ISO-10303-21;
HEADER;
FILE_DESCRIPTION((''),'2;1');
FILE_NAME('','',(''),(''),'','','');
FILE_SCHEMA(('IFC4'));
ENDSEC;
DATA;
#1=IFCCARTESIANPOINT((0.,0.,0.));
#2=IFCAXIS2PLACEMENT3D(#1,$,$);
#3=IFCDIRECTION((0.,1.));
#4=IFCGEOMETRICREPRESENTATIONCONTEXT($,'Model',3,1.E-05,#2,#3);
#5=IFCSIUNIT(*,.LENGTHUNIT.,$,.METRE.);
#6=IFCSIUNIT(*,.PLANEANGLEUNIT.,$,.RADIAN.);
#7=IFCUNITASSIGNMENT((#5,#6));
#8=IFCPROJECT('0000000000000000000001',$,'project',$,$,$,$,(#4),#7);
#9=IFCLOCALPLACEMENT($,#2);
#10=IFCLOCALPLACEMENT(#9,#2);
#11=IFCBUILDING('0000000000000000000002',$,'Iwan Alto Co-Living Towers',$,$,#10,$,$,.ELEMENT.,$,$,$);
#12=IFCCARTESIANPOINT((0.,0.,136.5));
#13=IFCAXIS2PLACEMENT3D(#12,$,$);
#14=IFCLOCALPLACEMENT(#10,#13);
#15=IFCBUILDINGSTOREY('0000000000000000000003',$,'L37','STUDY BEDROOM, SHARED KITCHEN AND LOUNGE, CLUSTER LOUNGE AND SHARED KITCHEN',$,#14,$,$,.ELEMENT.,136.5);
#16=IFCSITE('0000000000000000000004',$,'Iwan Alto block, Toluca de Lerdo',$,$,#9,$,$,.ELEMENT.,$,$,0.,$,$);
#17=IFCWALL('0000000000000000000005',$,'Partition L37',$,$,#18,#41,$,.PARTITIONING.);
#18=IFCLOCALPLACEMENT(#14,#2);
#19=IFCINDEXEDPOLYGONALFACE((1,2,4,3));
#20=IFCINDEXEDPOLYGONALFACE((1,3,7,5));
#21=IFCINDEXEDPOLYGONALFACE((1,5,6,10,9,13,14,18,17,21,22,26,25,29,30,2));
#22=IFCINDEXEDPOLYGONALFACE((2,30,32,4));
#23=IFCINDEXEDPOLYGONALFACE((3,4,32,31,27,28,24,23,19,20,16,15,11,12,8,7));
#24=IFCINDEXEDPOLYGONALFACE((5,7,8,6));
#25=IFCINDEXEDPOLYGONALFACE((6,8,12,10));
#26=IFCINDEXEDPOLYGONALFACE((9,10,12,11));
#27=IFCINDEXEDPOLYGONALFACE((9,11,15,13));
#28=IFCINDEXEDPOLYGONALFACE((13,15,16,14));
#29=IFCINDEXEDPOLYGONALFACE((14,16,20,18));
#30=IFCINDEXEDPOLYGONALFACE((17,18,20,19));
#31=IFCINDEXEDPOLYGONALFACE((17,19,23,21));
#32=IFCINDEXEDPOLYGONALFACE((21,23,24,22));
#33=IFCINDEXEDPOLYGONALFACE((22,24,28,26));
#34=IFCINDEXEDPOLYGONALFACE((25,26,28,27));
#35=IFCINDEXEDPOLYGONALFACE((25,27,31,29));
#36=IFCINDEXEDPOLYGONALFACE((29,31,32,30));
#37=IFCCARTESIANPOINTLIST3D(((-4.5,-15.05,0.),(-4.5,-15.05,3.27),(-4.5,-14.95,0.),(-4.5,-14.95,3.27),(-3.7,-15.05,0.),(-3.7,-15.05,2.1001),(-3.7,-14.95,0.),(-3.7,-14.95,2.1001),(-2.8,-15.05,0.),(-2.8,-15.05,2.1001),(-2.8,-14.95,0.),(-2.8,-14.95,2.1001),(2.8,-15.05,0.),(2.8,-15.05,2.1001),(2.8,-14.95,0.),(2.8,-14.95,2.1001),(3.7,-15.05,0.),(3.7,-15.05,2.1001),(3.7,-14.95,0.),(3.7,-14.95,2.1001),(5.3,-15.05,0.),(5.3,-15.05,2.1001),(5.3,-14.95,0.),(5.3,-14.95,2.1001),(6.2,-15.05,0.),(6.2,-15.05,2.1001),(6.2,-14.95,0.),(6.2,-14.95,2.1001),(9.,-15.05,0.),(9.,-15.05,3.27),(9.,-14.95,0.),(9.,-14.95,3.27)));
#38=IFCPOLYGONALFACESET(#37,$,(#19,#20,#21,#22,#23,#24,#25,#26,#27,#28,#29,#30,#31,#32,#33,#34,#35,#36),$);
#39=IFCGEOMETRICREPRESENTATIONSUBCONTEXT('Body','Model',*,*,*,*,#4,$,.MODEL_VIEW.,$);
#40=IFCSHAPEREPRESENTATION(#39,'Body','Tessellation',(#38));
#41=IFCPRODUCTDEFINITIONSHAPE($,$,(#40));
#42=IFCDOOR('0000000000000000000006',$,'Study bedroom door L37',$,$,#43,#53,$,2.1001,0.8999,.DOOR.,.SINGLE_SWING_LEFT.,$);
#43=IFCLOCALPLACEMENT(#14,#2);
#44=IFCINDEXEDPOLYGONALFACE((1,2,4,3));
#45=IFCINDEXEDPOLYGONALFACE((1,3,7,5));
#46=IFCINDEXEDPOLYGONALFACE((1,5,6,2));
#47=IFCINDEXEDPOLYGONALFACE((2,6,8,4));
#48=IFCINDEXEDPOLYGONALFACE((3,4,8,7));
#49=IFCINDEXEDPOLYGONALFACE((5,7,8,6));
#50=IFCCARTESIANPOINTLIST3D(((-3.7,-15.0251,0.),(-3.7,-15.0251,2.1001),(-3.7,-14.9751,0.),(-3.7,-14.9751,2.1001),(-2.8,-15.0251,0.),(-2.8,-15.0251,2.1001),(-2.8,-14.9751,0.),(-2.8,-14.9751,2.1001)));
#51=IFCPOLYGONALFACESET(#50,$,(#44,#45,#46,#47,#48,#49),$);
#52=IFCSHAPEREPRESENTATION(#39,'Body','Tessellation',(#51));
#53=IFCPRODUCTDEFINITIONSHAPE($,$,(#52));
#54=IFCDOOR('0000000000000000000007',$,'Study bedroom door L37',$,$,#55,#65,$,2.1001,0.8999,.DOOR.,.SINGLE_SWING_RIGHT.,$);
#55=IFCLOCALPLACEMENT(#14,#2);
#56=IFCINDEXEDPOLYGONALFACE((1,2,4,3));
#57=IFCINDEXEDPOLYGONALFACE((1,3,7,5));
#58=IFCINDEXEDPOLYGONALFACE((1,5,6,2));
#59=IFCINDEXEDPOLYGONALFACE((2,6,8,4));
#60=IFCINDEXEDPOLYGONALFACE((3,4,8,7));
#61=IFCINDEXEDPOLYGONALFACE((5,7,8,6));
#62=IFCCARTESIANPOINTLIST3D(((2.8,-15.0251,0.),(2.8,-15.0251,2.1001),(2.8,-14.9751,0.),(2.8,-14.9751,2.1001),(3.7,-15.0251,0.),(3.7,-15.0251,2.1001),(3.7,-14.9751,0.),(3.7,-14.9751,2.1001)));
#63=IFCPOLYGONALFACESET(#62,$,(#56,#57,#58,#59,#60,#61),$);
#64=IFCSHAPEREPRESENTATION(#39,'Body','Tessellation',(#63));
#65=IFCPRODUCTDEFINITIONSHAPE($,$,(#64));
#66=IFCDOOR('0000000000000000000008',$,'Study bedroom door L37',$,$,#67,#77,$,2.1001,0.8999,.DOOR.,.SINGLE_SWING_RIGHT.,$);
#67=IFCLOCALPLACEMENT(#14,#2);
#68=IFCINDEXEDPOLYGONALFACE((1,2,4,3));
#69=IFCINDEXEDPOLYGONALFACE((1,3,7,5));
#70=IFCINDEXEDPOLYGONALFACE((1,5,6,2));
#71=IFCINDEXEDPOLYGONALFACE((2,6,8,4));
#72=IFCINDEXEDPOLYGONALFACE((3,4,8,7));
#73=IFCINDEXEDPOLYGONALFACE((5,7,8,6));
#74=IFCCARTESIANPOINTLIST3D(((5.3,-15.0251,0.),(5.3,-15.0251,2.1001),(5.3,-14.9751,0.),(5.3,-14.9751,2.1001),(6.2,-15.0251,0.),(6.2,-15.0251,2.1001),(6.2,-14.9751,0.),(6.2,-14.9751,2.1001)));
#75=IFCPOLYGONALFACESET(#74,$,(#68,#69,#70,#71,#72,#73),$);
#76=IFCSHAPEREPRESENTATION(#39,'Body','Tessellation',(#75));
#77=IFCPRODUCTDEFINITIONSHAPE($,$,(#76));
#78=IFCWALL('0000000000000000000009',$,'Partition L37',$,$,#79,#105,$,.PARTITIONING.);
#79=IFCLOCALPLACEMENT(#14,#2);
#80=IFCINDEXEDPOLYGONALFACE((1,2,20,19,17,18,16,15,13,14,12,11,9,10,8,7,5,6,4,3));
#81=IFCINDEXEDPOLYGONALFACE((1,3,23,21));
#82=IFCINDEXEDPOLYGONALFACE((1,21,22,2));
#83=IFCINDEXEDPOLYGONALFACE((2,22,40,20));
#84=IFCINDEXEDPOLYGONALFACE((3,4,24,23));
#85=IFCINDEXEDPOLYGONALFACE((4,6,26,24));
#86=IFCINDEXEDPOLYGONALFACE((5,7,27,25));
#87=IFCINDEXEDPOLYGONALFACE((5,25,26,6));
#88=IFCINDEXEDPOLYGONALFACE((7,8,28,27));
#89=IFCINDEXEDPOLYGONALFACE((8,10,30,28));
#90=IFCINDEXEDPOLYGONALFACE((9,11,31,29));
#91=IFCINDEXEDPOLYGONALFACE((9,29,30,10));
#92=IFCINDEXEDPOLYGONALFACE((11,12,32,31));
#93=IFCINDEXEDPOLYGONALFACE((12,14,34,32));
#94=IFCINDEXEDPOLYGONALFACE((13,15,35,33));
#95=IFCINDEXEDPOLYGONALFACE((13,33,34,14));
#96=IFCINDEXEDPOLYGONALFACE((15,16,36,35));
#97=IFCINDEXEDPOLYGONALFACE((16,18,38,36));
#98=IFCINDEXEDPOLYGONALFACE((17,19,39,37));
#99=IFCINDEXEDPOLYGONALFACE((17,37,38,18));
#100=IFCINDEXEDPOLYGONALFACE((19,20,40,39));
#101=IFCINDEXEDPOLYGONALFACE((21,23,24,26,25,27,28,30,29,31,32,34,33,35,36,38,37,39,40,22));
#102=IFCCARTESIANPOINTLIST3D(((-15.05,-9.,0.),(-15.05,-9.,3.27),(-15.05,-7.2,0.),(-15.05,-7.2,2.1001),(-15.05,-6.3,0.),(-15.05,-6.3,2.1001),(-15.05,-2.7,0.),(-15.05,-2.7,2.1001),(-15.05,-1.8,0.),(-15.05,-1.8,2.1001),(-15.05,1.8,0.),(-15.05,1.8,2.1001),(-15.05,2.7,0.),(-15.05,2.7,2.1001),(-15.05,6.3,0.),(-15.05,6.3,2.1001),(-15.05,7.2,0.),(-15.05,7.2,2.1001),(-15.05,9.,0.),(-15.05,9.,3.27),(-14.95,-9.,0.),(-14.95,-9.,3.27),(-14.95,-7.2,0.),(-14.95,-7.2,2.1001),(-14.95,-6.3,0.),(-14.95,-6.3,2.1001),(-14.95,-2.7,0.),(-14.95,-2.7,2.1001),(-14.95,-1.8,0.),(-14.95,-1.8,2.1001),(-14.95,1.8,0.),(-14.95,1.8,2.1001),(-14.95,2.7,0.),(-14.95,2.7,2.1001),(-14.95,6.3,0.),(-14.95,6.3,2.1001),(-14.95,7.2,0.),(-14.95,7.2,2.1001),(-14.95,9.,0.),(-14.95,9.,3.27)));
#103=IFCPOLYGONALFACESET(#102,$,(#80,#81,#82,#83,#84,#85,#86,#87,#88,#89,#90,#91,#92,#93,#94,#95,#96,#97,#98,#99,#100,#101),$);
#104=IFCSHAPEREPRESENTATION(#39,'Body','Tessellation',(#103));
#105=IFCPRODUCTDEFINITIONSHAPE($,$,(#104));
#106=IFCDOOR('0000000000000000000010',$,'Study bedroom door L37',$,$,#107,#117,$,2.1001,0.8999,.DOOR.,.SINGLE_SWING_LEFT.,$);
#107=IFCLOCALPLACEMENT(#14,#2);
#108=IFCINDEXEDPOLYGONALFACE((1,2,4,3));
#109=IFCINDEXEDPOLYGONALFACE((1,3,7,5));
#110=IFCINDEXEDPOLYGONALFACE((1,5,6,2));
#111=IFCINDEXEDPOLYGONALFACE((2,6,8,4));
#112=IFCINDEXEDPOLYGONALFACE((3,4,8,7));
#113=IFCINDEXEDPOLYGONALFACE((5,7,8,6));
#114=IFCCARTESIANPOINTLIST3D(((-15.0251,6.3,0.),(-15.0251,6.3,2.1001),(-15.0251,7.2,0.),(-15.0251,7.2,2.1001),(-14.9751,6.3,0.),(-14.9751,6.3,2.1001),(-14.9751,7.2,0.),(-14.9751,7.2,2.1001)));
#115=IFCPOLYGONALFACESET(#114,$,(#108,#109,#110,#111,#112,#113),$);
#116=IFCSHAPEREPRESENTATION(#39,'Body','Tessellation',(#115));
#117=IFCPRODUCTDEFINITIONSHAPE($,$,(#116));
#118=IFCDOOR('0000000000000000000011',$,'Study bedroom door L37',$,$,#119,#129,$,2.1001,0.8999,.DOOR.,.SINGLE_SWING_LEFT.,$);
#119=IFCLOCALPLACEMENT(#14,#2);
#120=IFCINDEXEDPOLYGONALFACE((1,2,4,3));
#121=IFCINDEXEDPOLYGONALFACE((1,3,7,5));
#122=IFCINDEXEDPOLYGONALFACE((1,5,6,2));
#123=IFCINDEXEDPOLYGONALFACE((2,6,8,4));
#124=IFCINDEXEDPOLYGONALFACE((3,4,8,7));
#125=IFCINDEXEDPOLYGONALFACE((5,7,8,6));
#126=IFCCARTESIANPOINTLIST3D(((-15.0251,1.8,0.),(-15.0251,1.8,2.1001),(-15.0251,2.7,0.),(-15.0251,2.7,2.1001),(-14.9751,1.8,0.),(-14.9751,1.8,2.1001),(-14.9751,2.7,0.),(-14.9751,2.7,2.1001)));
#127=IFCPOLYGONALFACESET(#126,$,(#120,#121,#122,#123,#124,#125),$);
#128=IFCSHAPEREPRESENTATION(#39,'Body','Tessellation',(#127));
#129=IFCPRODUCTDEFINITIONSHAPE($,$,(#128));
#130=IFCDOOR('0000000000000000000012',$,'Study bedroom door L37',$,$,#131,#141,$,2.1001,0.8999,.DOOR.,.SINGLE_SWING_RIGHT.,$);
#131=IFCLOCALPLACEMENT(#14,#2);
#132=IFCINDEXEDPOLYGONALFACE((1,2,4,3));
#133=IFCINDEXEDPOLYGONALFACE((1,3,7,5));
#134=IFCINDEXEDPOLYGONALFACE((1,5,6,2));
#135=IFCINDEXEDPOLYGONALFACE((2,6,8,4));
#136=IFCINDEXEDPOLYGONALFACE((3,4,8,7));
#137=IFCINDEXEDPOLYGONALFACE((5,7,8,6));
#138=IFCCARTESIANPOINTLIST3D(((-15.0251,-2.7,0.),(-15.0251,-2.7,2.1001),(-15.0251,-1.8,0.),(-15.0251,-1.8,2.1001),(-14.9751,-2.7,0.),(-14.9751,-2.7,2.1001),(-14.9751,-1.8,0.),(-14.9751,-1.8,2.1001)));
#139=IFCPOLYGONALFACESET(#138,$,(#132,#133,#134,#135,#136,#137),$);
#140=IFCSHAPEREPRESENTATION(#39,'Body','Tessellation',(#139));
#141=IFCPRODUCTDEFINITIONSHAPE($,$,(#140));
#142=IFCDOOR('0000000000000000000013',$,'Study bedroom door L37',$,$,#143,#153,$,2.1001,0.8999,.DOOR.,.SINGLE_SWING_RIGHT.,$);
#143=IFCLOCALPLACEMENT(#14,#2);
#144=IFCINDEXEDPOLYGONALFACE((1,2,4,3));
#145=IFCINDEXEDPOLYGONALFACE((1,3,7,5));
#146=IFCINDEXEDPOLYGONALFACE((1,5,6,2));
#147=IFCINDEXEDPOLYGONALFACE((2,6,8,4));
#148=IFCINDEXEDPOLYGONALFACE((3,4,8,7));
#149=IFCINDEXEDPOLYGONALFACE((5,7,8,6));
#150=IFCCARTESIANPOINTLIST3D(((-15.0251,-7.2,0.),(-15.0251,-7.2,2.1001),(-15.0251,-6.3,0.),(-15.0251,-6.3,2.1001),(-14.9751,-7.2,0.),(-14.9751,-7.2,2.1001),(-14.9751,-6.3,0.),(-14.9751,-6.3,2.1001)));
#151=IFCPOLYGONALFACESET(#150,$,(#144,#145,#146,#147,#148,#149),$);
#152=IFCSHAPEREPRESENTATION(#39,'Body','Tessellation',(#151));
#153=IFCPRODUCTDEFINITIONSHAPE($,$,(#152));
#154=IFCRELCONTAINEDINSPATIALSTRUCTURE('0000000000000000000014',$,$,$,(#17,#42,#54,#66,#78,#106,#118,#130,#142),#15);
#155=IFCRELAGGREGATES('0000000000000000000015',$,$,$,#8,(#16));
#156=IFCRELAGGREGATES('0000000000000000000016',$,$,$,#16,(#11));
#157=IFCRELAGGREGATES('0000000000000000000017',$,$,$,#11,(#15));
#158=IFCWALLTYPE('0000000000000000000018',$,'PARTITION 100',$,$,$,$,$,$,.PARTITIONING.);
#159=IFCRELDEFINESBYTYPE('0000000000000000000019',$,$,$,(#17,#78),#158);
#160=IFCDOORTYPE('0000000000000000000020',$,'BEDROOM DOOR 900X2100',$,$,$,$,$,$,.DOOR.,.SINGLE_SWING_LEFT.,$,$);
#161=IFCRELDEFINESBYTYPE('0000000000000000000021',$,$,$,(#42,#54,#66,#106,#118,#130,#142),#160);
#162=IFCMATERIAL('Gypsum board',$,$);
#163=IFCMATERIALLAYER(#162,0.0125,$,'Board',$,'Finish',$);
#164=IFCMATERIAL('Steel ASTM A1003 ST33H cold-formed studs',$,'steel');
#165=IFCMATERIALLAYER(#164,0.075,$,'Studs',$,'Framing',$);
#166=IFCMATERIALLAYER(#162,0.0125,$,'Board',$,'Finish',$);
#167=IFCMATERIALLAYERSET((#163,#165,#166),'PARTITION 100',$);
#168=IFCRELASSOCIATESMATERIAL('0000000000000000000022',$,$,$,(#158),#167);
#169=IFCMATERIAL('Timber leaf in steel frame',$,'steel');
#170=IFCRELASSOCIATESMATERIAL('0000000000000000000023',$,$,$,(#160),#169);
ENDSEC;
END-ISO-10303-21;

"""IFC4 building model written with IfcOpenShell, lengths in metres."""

from ifc_helpers import new_model, si_unit, direction, frame, frame_2d, origin, place, context, subcontext, project, spatial, rectangle, extrude, material, layer, layer_set, type_object, element, fill, save


model = new_model("IFC4")

# Units and contexts
model_context = context("Model", 3, precision=1e-05, world=origin(), true_north=direction((0.0, 1.0)))
body_context = subcontext(model_context, "Body", "Model", "MODEL_VIEW")
ifc_project = project(units=[si_unit("LENGTHUNIT", "METRE"), si_unit("PLANEANGLEUNIT", "RADIAN")], contexts=[model_context])

# Site, building, storey
site_placement = place(None, origin())
site = spatial("IfcSite", under=ifc_project, at=site_placement, Name="Iwan Alto block, Toluca de Lerdo", CompositionType="ELEMENT", RefElevation=0.0)
building_placement = place(site_placement, origin())
building = spatial("IfcBuilding", under=site, at=building_placement, Name="Iwan Alto Co-Living Towers", CompositionType="ELEMENT")
storey_placement = place(building_placement, frame((0.0, 0.0, 136.5)))
storey = spatial("IfcBuildingStorey", under=building, at=storey_placement, Name="L37", Description="STUDY BEDROOM, SHARED KITCHEN AND LOUNGE, CLUSTER LOUNGE AND SHARED KITCHEN", CompositionType="ELEMENT", Elevation=136.5)

# Shared definitions
ifc_material_1 = material(Name="Gypsum board")
ifc_material_2 = material(Name="Steel ASTM A1003 ST33H cold-formed studs", Category="steel")

# Shared definitions
ifc_layer_1 = layer(ifc_material_1, 0.0125, Name="Board", Category="Finish")
ifc_layer_2 = layer(ifc_material_2, 0.075, Name="Studs", Category="Framing")
ifc_layer_3 = layer(ifc_material_1, 0.0125, Name="Board", Category="Finish")
ifc_layer_set_1 = layer_set([ifc_layer_1, ifc_layer_2, ifc_layer_3], Name="PARTITION 100")
wall_type_1 = type_object("IfcWallType", Name="PARTITION 100", PredefinedType="PARTITIONING", material=ifc_layer_set_1)

# Walls, openings, doors
wall_1_placement = place(storey_placement, frame((-4.5, -15.0, 0.0), z_axis=(0.0, 0.0, 1.0), x_axis=(1.0, 0.0, 0.0)))
wall_1 = element("IfcWall", 1, at=wall_1_placement, inside=storey, type_object=wall_type_1, Name="Partition L37", PredefinedType="PARTITIONING", context=body_context, shape_type="SweptSolid", body=[
    extrude(rectangle(XDim=13.5, YDim=0.1001, at=frame_2d((6.75, 0.0))), origin(), (0.0, 0.0, 1.0), 3.27),
])
opening_1_placement = place(wall_1_placement, frame((0.8, 0.0, 0.0)))
opening_1 = element("IfcOpeningElement", 2, at=opening_1_placement, cuts=wall_1, PredefinedType="OPENING", context=body_context, shape_type="SweptSolid", body=[
    extrude(rectangle(XDim=0.8999, YDim=2.1001, at=frame_2d((0.45, 1.05))), frame((0.0, 0.0601, 0.0), z_axis=(0.0, -1.0, 0.0), x_axis=(1.0, 0.0, 0.0)), (0.0, 0.0, 1.0), 0.1201),
])
opening_2_placement = place(wall_1_placement, frame((7.3, 0.0, 0.0)))
opening_2 = element("IfcOpeningElement", 3, at=opening_2_placement, cuts=wall_1, PredefinedType="OPENING", context=body_context, shape_type="SweptSolid", body=[
    extrude(rectangle(XDim=0.8999, YDim=2.1001, at=frame_2d((0.45, 1.05))), frame((0.0, 0.0601, 0.0), z_axis=(0.0, -1.0, 0.0), x_axis=(1.0, 0.0, 0.0)), (0.0, 0.0, 1.0), 0.1201),
])
opening_3_placement = place(wall_1_placement, frame((9.8, 0.0, 0.0)))
opening_3 = element("IfcOpeningElement", 4, at=opening_3_placement, cuts=wall_1, PredefinedType="OPENING", context=body_context, shape_type="SweptSolid", body=[
    extrude(rectangle(XDim=0.8999, YDim=2.1001, at=frame_2d((0.45, 1.05))), frame((0.0, 0.0601, 0.0), z_axis=(0.0, -1.0, 0.0), x_axis=(1.0, 0.0, 0.0)), (0.0, 0.0, 1.0), 0.1201),
])
ifc_material_3 = material(Name="Timber leaf in steel frame", Category="steel")
door_type_1 = type_object("IfcDoorType", Name="BEDROOM DOOR 900X2100", OperationType="SINGLE_SWING_LEFT", PredefinedType="DOOR", material=ifc_material_3)
door_1_placement = place(opening_1_placement, origin())
door_1 = element("IfcDoor", 5, at=door_1_placement, inside=storey, type_object=door_type_1, Name="Study bedroom door L37", OperationType="SINGLE_SWING_LEFT", OverallHeight=2.1001, OverallWidth=0.8999, PredefinedType="DOOR", context=body_context, shape_type="SweptSolid", body=[
    extrude(rectangle(XDim=0.8999, YDim=2.1001, at=frame_2d((0.45, 1.05))), frame((0.0, 0.0249, 0.0), z_axis=(0.0, -1.0, 0.0), x_axis=(1.0, 0.0, 0.0)), (0.0, 0.0, 1.0), 0.05),
])
fill(opening_1, door_1)
door_2_placement = place(opening_2_placement, origin())
door_2 = element("IfcDoor", 6, at=door_2_placement, inside=storey, type_object=door_type_1, Name="Study bedroom door L37", OperationType="SINGLE_SWING_RIGHT", OverallHeight=2.1001, OverallWidth=0.8999, PredefinedType="DOOR", context=body_context, shape_type="SweptSolid", body=[
    extrude(rectangle(XDim=0.8999, YDim=2.1001, at=frame_2d((0.45, 1.05))), frame((0.0, 0.0249, 0.0), z_axis=(0.0, -1.0, 0.0), x_axis=(1.0, 0.0, 0.0)), (0.0, 0.0, 1.0), 0.05),
])
fill(opening_2, door_2)
door_3_placement = place(opening_3_placement, origin())
door_3 = element("IfcDoor", 7, at=door_3_placement, inside=storey, type_object=door_type_1, Name="Study bedroom door L37", OperationType="SINGLE_SWING_RIGHT", OverallHeight=2.1001, OverallWidth=0.8999, PredefinedType="DOOR", context=body_context, shape_type="SweptSolid", body=[
    extrude(rectangle(XDim=0.8999, YDim=2.1001, at=frame_2d((0.45, 1.05))), frame((0.0, 0.0249, 0.0), z_axis=(0.0, -1.0, 0.0), x_axis=(1.0, 0.0, 0.0)), (0.0, 0.0, 1.0), 0.05),
])
fill(opening_3, door_3)
wall_2_placement = place(storey_placement, frame((-15.0, -9.0, 0.0), z_axis=(0.0, 0.0, 1.0), x_axis=(0.0, 1.0, 0.0)))
wall_2 = element("IfcWall", 8, at=wall_2_placement, inside=storey, type_object=wall_type_1, Name="Partition L37", PredefinedType="PARTITIONING", context=body_context, shape_type="SweptSolid", body=[
    extrude(rectangle(XDim=18.0, YDim=0.1001, at=frame_2d((9.0, 0.0))), origin(), (0.0, 0.0, 1.0), 3.27),
])
opening_4_placement = place(wall_2_placement, frame((15.3, 0.0, 0.0)))
opening_4 = element("IfcOpeningElement", 9, at=opening_4_placement, cuts=wall_2, PredefinedType="OPENING", context=body_context, shape_type="SweptSolid", body=[
    extrude(rectangle(XDim=0.8999, YDim=2.1001, at=frame_2d((0.45, 1.05))), frame((0.0, 0.0601, 0.0), z_axis=(0.0, -1.0, 0.0), x_axis=(1.0, 0.0, 0.0)), (0.0, 0.0, 1.0), 0.1201),
])
opening_5_placement = place(wall_2_placement, frame((10.8, 0.0, 0.0)))
opening_5 = element("IfcOpeningElement", 10, at=opening_5_placement, cuts=wall_2, PredefinedType="OPENING", context=body_context, shape_type="SweptSolid", body=[
    extrude(rectangle(XDim=0.8999, YDim=2.1001, at=frame_2d((0.45, 1.05))), frame((0.0, 0.0601, 0.0), z_axis=(0.0, -1.0, 0.0), x_axis=(1.0, 0.0, 0.0)), (0.0, 0.0, 1.0), 0.1201),
])
opening_6_placement = place(wall_2_placement, frame((6.3, 0.0, 0.0)))
opening_6 = element("IfcOpeningElement", 11, at=opening_6_placement, cuts=wall_2, PredefinedType="OPENING", context=body_context, shape_type="SweptSolid", body=[
    extrude(rectangle(XDim=0.8999, YDim=2.1001, at=frame_2d((0.45, 1.05))), frame((0.0, 0.0601, 0.0), z_axis=(0.0, -1.0, 0.0), x_axis=(1.0, 0.0, 0.0)), (0.0, 0.0, 1.0), 0.1201),
])
opening_7_placement = place(wall_2_placement, frame((1.8, 0.0, 0.0)))
opening_7 = element("IfcOpeningElement", 12, at=opening_7_placement, cuts=wall_2, PredefinedType="OPENING", context=body_context, shape_type="SweptSolid", body=[
    extrude(rectangle(XDim=0.8999, YDim=2.1001, at=frame_2d((0.45, 1.05))), frame((0.0, 0.0601, 0.0), z_axis=(0.0, -1.0, 0.0), x_axis=(1.0, 0.0, 0.0)), (0.0, 0.0, 1.0), 0.1201),
])
door_4_placement = place(opening_4_placement, frame((0.8999, 0.0, 0.0), z_axis=(0.0, 0.0, 1.0), x_axis=(-1.0, 0.0, 0.0)))
door_4 = element("IfcDoor", 13, at=door_4_placement, inside=storey, type_object=door_type_1, Name="Study bedroom door L37", OperationType="SINGLE_SWING_LEFT", OverallHeight=2.1001, OverallWidth=0.8999, PredefinedType="DOOR", context=body_context, shape_type="SweptSolid", body=[
    extrude(rectangle(XDim=0.8999, YDim=2.1001, at=frame_2d((0.45, 1.05))), frame((0.0, 0.0249, 0.0), z_axis=(0.0, -1.0, 0.0), x_axis=(1.0, 0.0, 0.0)), (0.0, 0.0, 1.0), 0.05),
])
fill(opening_4, door_4)
door_5_placement = place(opening_5_placement, frame((0.8999, 0.0, 0.0), z_axis=(0.0, 0.0, 1.0), x_axis=(-1.0, 0.0, 0.0)))
door_5 = element("IfcDoor", 14, at=door_5_placement, inside=storey, type_object=door_type_1, Name="Study bedroom door L37", OperationType="SINGLE_SWING_LEFT", OverallHeight=2.1001, OverallWidth=0.8999, PredefinedType="DOOR", context=body_context, shape_type="SweptSolid", body=[
    extrude(rectangle(XDim=0.8999, YDim=2.1001, at=frame_2d((0.45, 1.05))), frame((0.0, 0.0249, 0.0), z_axis=(0.0, -1.0, 0.0), x_axis=(1.0, 0.0, 0.0)), (0.0, 0.0, 1.0), 0.05),
])
fill(opening_5, door_5)
door_6_placement = place(opening_6_placement, frame((0.8999, 0.0, 0.0), z_axis=(0.0, 0.0, 1.0), x_axis=(-1.0, 0.0, 0.0)))
door_6 = element("IfcDoor", 15, at=door_6_placement, inside=storey, type_object=door_type_1, Name="Study bedroom door L37", OperationType="SINGLE_SWING_RIGHT", OverallHeight=2.1001, OverallWidth=0.8999, PredefinedType="DOOR", context=body_context, shape_type="SweptSolid", body=[
    extrude(rectangle(XDim=0.8999, YDim=2.1001, at=frame_2d((0.45, 1.05))), frame((0.0, 0.0249, 0.0), z_axis=(0.0, -1.0, 0.0), x_axis=(1.0, 0.0, 0.0)), (0.0, 0.0, 1.0), 0.05),
])
fill(opening_6, door_6)
door_7_placement = place(opening_7_placement, frame((0.8999, 0.0, 0.0), z_axis=(0.0, 0.0, 1.0), x_axis=(-1.0, 0.0, 0.0)))
door_7 = element("IfcDoor", 16, at=door_7_placement, inside=storey, type_object=door_type_1, Name="Study bedroom door L37", OperationType="SINGLE_SWING_RIGHT", OverallHeight=2.1001, OverallWidth=0.8999, PredefinedType="DOOR", context=body_context, shape_type="SweptSolid", body=[
    extrude(rectangle(XDim=0.8999, YDim=2.1001, at=frame_2d((0.45, 1.05))), frame((0.0, 0.0249, 0.0), z_axis=(0.0, -1.0, 0.0), x_axis=(1.0, 0.0, 0.0)), (0.0, 0.0, 1.0), 0.05),
])
fill(opening_7, door_7)

save(model, "model.ifc")
